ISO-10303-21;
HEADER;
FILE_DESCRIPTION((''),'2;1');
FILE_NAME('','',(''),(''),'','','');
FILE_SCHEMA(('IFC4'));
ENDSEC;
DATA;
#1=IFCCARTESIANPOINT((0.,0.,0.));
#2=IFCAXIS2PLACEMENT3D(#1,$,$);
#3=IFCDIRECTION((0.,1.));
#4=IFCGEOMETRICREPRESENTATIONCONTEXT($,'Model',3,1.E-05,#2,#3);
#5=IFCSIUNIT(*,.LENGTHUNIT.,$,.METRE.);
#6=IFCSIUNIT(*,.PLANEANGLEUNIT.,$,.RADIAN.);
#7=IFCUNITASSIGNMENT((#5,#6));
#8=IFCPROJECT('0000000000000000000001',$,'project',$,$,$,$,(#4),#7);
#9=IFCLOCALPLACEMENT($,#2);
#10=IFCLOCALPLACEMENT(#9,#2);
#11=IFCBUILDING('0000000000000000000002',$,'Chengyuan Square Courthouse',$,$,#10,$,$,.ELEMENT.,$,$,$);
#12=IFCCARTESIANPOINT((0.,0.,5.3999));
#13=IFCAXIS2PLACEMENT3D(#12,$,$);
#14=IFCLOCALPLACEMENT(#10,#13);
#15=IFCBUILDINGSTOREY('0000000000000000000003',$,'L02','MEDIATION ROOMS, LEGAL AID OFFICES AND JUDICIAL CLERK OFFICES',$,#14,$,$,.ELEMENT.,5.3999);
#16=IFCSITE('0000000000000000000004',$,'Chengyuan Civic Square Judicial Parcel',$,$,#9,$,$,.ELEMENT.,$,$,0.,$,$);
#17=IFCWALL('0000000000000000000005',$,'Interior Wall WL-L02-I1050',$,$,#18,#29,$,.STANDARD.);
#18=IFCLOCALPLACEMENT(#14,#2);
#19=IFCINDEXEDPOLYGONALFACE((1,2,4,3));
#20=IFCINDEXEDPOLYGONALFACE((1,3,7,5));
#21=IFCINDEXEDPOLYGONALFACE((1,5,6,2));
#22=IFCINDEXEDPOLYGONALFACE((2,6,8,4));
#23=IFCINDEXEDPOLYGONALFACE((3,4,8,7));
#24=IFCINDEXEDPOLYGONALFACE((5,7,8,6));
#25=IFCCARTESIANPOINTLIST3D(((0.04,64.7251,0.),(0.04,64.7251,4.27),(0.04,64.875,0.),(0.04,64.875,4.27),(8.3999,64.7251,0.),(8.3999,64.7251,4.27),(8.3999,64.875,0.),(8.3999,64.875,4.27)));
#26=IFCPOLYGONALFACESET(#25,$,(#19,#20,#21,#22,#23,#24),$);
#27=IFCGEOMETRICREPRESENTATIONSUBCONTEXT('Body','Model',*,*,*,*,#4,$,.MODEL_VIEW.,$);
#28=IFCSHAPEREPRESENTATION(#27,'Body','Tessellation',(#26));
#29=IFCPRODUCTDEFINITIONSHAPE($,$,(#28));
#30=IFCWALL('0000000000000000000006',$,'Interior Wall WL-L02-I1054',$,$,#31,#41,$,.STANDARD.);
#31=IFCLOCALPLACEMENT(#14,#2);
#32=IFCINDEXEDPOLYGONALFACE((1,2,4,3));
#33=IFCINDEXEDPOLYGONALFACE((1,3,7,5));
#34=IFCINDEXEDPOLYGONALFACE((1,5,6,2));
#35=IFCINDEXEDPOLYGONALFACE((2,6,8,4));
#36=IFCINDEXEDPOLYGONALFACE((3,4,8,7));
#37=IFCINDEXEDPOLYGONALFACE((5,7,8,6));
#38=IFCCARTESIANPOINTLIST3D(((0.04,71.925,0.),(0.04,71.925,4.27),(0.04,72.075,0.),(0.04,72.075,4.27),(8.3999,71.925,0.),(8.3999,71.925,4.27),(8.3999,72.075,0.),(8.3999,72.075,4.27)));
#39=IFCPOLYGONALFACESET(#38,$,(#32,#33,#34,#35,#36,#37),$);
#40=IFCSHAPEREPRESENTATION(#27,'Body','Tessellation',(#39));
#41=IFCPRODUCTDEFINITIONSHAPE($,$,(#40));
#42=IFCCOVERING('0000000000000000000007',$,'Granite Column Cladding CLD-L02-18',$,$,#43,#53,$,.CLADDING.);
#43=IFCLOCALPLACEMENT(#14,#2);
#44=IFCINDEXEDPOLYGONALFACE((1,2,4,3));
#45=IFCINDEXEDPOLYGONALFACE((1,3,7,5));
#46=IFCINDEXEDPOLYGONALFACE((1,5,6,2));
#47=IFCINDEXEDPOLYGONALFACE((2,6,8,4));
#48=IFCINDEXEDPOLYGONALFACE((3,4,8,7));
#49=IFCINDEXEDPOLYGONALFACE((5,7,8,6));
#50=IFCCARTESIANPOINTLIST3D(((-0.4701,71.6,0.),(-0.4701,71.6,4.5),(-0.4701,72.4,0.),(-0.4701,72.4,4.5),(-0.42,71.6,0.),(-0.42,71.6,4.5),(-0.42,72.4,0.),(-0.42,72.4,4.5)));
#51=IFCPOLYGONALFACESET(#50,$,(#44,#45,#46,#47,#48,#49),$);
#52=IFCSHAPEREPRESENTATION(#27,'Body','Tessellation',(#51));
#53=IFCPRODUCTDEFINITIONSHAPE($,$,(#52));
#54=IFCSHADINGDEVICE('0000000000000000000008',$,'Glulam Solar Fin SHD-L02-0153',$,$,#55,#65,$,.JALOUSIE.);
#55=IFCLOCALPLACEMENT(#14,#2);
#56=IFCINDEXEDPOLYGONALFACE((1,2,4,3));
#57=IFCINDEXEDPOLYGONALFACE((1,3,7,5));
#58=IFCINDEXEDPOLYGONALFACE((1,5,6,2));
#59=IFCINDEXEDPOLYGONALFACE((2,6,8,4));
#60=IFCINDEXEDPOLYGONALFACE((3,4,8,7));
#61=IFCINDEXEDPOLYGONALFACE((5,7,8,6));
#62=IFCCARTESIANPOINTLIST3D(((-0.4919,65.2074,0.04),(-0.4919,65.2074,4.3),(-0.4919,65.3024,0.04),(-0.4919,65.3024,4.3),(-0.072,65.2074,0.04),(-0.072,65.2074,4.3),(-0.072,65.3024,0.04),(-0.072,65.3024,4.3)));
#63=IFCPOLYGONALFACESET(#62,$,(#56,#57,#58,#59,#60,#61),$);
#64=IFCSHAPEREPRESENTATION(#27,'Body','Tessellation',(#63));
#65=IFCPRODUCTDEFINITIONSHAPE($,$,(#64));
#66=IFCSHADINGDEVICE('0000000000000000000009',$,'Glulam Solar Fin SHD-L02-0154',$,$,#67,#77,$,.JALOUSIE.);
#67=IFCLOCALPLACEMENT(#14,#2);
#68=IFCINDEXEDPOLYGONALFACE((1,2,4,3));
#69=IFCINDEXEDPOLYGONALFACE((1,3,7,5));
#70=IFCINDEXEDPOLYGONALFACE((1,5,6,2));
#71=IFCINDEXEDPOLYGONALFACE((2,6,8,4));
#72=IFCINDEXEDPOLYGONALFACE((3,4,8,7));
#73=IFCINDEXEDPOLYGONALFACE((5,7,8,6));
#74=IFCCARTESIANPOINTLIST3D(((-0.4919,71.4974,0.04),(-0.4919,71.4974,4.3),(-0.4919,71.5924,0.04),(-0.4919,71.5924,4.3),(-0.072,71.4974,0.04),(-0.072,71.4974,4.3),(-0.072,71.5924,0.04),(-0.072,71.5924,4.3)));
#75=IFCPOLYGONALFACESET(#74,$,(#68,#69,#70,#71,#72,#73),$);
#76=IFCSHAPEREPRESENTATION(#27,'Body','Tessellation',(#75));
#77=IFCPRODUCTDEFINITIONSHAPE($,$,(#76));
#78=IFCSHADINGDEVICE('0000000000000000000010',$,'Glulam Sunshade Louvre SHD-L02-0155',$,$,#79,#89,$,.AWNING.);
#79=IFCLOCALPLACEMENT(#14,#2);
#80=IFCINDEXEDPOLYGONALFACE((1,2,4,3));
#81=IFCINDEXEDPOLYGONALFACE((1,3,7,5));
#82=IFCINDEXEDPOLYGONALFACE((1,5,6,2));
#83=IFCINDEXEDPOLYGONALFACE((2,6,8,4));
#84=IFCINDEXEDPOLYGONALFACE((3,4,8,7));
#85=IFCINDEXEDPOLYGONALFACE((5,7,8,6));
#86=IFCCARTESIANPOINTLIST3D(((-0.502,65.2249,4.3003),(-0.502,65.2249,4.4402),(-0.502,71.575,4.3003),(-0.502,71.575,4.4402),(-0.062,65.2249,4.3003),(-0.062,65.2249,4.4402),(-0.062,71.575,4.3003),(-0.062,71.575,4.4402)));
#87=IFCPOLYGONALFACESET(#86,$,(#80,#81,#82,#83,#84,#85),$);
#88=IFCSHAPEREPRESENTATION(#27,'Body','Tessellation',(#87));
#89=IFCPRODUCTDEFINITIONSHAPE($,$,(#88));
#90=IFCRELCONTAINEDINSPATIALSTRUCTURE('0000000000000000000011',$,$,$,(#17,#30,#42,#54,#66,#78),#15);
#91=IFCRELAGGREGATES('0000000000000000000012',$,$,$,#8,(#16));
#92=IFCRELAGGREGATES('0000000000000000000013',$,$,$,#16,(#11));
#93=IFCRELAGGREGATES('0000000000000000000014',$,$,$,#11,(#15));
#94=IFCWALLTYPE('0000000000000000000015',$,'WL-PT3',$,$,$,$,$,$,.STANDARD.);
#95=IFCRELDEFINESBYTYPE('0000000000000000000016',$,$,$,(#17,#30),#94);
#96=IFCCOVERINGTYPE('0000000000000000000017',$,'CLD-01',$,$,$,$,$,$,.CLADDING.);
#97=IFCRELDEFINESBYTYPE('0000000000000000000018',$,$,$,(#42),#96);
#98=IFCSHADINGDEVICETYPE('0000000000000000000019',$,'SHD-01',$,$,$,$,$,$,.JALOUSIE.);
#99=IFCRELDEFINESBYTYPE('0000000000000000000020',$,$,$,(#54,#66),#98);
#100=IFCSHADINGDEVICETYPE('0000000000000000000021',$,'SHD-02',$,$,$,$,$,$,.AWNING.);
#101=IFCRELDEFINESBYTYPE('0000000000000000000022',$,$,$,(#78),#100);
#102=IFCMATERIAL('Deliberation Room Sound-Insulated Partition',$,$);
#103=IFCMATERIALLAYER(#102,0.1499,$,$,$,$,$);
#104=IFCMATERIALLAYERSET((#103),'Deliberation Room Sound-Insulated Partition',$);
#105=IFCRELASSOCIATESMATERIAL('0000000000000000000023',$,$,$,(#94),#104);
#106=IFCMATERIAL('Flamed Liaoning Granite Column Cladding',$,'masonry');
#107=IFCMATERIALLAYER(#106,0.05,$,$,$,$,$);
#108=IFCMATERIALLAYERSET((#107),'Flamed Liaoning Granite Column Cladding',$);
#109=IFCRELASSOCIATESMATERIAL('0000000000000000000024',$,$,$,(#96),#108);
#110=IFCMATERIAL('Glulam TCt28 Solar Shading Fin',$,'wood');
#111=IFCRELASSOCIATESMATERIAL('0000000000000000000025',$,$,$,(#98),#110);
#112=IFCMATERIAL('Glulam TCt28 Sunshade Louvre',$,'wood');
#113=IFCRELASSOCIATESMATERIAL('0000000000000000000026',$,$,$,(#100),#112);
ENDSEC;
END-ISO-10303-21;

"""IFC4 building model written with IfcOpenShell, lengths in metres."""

from ifc_helpers import new_model, si_unit, direction, frame, frame_2d, origin, origin_2d, place, context, subcontext, project, spatial, rectangle, extrude, material, layer, layer_set, type_object, element, save


model = new_model("IFC4")

# Units and contexts
model_context = context("Model", 3, precision=1e-05, world=origin(), true_north=direction((0.0, 1.0)))
body_context = subcontext(model_context, "Body", "Model", "MODEL_VIEW")
ifc_project = project(units=[si_unit("LENGTHUNIT", "METRE"), si_unit("PLANEANGLEUNIT", "RADIAN")], contexts=[model_context])

# Site, building, storey
site_placement = place(None, origin())
site = spatial("IfcSite", under=ifc_project, at=site_placement, Name="Chengyuan Civic Square Judicial Parcel", CompositionType="ELEMENT", RefElevation=0.0)
building_placement = place(site_placement, origin())
building = spatial("IfcBuilding", under=site, at=building_placement, Name="Chengyuan Square Courthouse", CompositionType="ELEMENT")
storey_placement = place(building_placement, frame((0.0, 0.0, 5.3999)))
storey = spatial("IfcBuildingStorey", under=building, at=storey_placement, Name="L02", Description="MEDIATION ROOMS, LEGAL AID OFFICES AND JUDICIAL CLERK OFFICES", CompositionType="ELEMENT", Elevation=5.3999)

# Walls
ifc_material_1 = material(Name="Deliberation Room Sound-Insulated Partition")
ifc_layer_1 = layer(ifc_material_1, 0.1499)
ifc_layer_set_1 = layer_set([ifc_layer_1], Name="Deliberation Room Sound-Insulated Partition")
wall_type = type_object("IfcWallType", Name="WL-PT3", PredefinedType="STANDARD", material=ifc_layer_set_1)
for number, where, z_axis, x_axis, name in (
    (1, (0.04, 64.8, 0.0), (0.0, 0.0, 1.0), (1.0, 0.0, 0.0), "Interior Wall WL-L02-I1050"),
    (2, (0.04, 72.0, 0.0), (0.0, 0.0, 1.0), (1.0, 0.0, 0.0), "Interior Wall WL-L02-I1054"),
):
    element("IfcWall", number, at=place(storey_placement, frame(where, z_axis=z_axis, x_axis=x_axis)), inside=storey, type_object=wall_type, Name=name, PredefinedType="STANDARD", context=body_context, shape_type="SweptSolid", body=[
        extrude(rectangle(XDim=8.3599, YDim=0.1499, at=frame_2d((4.1799, 0.0))), origin(), (0.0, 0.0, 1.0), 4.27),
    ])

# Covering
ifc_material_2 = material(Name="Flamed Liaoning Granite Column Cladding", Category="masonry")
ifc_layer_2 = layer(ifc_material_2, 0.05)
ifc_layer_set_2 = layer_set([ifc_layer_2], Name="Flamed Liaoning Granite Column Cladding")
covering_type = type_object("IfcCoveringType", Name="CLD-01", PredefinedType="CLADDING", material=ifc_layer_set_2)
covering_placement = place(storey_placement, frame((-0.4451, 72.0, 0.0), z_axis=(0.0, 0.0, 1.0), x_axis=(1.0, 0.0, 0.0)))
element("IfcCovering", 3, at=covering_placement, inside=storey, type_object=covering_type, Name="Granite Column Cladding CLD-L02-18", PredefinedType="CLADDING", context=body_context, shape_type="SweptSolid", body=[
    extrude(rectangle(XDim=0.05, YDim=0.8, at=origin_2d()), origin(), (0.0, 0.0, 1.0), 4.5),
])

# Shading devices
ifc_material_3 = material(Name="Glulam TCt28 Solar Shading Fin", Category="wood")
shading_device_type_1 = type_object("IfcShadingDeviceType", Name="SHD-01", PredefinedType="JALOUSIE", material=ifc_material_3)
for number, where, z_axis, x_axis, name in (
    (4, (-0.282, 65.2549, 0.04), (0.0, 0.0, 1.0), (1.0, 0.0, 0.0), "Glulam Solar Fin SHD-L02-0153"),
    (5, (-0.282, 71.5449, 0.04), (0.0, 0.0, 1.0), (1.0, 0.0, 0.0), "Glulam Solar Fin SHD-L02-0154"),
):
    element("IfcShadingDevice", number, at=place(storey_placement, frame(where, z_axis=z_axis, x_axis=x_axis)), inside=storey, type_object=shading_device_type_1, Name=name, PredefinedType="JALOUSIE", context=body_context, shape_type="SweptSolid", body=[
        extrude(rectangle(XDim=0.4199, YDim=0.095, at=origin_2d()), origin(), (0.0, 0.0, 1.0), 4.26),
    ])
ifc_material_4 = material(Name="Glulam TCt28 Sunshade Louvre", Category="wood")
shading_device_type_2 = type_object("IfcShadingDeviceType", Name="SHD-02", PredefinedType="AWNING", material=ifc_material_4)
shading_device_placement = place(storey_placement, frame((-0.282, 68.3999, 4.3003), z_axis=(0.0, 0.0, 1.0), x_axis=(0.0, 1.0, 0.0)))
element("IfcShadingDevice", 6, at=shading_device_placement, inside=storey, type_object=shading_device_type_2, Name="Glulam Sunshade Louvre SHD-L02-0155", PredefinedType="AWNING", context=body_context, shape_type="SweptSolid", body=[
    extrude(rectangle(XDim=6.3501, YDim=0.4399, at=origin_2d()), origin(), (0.0, 0.0, 1.0), 0.1399),
])

save(model, "model.ifc")
